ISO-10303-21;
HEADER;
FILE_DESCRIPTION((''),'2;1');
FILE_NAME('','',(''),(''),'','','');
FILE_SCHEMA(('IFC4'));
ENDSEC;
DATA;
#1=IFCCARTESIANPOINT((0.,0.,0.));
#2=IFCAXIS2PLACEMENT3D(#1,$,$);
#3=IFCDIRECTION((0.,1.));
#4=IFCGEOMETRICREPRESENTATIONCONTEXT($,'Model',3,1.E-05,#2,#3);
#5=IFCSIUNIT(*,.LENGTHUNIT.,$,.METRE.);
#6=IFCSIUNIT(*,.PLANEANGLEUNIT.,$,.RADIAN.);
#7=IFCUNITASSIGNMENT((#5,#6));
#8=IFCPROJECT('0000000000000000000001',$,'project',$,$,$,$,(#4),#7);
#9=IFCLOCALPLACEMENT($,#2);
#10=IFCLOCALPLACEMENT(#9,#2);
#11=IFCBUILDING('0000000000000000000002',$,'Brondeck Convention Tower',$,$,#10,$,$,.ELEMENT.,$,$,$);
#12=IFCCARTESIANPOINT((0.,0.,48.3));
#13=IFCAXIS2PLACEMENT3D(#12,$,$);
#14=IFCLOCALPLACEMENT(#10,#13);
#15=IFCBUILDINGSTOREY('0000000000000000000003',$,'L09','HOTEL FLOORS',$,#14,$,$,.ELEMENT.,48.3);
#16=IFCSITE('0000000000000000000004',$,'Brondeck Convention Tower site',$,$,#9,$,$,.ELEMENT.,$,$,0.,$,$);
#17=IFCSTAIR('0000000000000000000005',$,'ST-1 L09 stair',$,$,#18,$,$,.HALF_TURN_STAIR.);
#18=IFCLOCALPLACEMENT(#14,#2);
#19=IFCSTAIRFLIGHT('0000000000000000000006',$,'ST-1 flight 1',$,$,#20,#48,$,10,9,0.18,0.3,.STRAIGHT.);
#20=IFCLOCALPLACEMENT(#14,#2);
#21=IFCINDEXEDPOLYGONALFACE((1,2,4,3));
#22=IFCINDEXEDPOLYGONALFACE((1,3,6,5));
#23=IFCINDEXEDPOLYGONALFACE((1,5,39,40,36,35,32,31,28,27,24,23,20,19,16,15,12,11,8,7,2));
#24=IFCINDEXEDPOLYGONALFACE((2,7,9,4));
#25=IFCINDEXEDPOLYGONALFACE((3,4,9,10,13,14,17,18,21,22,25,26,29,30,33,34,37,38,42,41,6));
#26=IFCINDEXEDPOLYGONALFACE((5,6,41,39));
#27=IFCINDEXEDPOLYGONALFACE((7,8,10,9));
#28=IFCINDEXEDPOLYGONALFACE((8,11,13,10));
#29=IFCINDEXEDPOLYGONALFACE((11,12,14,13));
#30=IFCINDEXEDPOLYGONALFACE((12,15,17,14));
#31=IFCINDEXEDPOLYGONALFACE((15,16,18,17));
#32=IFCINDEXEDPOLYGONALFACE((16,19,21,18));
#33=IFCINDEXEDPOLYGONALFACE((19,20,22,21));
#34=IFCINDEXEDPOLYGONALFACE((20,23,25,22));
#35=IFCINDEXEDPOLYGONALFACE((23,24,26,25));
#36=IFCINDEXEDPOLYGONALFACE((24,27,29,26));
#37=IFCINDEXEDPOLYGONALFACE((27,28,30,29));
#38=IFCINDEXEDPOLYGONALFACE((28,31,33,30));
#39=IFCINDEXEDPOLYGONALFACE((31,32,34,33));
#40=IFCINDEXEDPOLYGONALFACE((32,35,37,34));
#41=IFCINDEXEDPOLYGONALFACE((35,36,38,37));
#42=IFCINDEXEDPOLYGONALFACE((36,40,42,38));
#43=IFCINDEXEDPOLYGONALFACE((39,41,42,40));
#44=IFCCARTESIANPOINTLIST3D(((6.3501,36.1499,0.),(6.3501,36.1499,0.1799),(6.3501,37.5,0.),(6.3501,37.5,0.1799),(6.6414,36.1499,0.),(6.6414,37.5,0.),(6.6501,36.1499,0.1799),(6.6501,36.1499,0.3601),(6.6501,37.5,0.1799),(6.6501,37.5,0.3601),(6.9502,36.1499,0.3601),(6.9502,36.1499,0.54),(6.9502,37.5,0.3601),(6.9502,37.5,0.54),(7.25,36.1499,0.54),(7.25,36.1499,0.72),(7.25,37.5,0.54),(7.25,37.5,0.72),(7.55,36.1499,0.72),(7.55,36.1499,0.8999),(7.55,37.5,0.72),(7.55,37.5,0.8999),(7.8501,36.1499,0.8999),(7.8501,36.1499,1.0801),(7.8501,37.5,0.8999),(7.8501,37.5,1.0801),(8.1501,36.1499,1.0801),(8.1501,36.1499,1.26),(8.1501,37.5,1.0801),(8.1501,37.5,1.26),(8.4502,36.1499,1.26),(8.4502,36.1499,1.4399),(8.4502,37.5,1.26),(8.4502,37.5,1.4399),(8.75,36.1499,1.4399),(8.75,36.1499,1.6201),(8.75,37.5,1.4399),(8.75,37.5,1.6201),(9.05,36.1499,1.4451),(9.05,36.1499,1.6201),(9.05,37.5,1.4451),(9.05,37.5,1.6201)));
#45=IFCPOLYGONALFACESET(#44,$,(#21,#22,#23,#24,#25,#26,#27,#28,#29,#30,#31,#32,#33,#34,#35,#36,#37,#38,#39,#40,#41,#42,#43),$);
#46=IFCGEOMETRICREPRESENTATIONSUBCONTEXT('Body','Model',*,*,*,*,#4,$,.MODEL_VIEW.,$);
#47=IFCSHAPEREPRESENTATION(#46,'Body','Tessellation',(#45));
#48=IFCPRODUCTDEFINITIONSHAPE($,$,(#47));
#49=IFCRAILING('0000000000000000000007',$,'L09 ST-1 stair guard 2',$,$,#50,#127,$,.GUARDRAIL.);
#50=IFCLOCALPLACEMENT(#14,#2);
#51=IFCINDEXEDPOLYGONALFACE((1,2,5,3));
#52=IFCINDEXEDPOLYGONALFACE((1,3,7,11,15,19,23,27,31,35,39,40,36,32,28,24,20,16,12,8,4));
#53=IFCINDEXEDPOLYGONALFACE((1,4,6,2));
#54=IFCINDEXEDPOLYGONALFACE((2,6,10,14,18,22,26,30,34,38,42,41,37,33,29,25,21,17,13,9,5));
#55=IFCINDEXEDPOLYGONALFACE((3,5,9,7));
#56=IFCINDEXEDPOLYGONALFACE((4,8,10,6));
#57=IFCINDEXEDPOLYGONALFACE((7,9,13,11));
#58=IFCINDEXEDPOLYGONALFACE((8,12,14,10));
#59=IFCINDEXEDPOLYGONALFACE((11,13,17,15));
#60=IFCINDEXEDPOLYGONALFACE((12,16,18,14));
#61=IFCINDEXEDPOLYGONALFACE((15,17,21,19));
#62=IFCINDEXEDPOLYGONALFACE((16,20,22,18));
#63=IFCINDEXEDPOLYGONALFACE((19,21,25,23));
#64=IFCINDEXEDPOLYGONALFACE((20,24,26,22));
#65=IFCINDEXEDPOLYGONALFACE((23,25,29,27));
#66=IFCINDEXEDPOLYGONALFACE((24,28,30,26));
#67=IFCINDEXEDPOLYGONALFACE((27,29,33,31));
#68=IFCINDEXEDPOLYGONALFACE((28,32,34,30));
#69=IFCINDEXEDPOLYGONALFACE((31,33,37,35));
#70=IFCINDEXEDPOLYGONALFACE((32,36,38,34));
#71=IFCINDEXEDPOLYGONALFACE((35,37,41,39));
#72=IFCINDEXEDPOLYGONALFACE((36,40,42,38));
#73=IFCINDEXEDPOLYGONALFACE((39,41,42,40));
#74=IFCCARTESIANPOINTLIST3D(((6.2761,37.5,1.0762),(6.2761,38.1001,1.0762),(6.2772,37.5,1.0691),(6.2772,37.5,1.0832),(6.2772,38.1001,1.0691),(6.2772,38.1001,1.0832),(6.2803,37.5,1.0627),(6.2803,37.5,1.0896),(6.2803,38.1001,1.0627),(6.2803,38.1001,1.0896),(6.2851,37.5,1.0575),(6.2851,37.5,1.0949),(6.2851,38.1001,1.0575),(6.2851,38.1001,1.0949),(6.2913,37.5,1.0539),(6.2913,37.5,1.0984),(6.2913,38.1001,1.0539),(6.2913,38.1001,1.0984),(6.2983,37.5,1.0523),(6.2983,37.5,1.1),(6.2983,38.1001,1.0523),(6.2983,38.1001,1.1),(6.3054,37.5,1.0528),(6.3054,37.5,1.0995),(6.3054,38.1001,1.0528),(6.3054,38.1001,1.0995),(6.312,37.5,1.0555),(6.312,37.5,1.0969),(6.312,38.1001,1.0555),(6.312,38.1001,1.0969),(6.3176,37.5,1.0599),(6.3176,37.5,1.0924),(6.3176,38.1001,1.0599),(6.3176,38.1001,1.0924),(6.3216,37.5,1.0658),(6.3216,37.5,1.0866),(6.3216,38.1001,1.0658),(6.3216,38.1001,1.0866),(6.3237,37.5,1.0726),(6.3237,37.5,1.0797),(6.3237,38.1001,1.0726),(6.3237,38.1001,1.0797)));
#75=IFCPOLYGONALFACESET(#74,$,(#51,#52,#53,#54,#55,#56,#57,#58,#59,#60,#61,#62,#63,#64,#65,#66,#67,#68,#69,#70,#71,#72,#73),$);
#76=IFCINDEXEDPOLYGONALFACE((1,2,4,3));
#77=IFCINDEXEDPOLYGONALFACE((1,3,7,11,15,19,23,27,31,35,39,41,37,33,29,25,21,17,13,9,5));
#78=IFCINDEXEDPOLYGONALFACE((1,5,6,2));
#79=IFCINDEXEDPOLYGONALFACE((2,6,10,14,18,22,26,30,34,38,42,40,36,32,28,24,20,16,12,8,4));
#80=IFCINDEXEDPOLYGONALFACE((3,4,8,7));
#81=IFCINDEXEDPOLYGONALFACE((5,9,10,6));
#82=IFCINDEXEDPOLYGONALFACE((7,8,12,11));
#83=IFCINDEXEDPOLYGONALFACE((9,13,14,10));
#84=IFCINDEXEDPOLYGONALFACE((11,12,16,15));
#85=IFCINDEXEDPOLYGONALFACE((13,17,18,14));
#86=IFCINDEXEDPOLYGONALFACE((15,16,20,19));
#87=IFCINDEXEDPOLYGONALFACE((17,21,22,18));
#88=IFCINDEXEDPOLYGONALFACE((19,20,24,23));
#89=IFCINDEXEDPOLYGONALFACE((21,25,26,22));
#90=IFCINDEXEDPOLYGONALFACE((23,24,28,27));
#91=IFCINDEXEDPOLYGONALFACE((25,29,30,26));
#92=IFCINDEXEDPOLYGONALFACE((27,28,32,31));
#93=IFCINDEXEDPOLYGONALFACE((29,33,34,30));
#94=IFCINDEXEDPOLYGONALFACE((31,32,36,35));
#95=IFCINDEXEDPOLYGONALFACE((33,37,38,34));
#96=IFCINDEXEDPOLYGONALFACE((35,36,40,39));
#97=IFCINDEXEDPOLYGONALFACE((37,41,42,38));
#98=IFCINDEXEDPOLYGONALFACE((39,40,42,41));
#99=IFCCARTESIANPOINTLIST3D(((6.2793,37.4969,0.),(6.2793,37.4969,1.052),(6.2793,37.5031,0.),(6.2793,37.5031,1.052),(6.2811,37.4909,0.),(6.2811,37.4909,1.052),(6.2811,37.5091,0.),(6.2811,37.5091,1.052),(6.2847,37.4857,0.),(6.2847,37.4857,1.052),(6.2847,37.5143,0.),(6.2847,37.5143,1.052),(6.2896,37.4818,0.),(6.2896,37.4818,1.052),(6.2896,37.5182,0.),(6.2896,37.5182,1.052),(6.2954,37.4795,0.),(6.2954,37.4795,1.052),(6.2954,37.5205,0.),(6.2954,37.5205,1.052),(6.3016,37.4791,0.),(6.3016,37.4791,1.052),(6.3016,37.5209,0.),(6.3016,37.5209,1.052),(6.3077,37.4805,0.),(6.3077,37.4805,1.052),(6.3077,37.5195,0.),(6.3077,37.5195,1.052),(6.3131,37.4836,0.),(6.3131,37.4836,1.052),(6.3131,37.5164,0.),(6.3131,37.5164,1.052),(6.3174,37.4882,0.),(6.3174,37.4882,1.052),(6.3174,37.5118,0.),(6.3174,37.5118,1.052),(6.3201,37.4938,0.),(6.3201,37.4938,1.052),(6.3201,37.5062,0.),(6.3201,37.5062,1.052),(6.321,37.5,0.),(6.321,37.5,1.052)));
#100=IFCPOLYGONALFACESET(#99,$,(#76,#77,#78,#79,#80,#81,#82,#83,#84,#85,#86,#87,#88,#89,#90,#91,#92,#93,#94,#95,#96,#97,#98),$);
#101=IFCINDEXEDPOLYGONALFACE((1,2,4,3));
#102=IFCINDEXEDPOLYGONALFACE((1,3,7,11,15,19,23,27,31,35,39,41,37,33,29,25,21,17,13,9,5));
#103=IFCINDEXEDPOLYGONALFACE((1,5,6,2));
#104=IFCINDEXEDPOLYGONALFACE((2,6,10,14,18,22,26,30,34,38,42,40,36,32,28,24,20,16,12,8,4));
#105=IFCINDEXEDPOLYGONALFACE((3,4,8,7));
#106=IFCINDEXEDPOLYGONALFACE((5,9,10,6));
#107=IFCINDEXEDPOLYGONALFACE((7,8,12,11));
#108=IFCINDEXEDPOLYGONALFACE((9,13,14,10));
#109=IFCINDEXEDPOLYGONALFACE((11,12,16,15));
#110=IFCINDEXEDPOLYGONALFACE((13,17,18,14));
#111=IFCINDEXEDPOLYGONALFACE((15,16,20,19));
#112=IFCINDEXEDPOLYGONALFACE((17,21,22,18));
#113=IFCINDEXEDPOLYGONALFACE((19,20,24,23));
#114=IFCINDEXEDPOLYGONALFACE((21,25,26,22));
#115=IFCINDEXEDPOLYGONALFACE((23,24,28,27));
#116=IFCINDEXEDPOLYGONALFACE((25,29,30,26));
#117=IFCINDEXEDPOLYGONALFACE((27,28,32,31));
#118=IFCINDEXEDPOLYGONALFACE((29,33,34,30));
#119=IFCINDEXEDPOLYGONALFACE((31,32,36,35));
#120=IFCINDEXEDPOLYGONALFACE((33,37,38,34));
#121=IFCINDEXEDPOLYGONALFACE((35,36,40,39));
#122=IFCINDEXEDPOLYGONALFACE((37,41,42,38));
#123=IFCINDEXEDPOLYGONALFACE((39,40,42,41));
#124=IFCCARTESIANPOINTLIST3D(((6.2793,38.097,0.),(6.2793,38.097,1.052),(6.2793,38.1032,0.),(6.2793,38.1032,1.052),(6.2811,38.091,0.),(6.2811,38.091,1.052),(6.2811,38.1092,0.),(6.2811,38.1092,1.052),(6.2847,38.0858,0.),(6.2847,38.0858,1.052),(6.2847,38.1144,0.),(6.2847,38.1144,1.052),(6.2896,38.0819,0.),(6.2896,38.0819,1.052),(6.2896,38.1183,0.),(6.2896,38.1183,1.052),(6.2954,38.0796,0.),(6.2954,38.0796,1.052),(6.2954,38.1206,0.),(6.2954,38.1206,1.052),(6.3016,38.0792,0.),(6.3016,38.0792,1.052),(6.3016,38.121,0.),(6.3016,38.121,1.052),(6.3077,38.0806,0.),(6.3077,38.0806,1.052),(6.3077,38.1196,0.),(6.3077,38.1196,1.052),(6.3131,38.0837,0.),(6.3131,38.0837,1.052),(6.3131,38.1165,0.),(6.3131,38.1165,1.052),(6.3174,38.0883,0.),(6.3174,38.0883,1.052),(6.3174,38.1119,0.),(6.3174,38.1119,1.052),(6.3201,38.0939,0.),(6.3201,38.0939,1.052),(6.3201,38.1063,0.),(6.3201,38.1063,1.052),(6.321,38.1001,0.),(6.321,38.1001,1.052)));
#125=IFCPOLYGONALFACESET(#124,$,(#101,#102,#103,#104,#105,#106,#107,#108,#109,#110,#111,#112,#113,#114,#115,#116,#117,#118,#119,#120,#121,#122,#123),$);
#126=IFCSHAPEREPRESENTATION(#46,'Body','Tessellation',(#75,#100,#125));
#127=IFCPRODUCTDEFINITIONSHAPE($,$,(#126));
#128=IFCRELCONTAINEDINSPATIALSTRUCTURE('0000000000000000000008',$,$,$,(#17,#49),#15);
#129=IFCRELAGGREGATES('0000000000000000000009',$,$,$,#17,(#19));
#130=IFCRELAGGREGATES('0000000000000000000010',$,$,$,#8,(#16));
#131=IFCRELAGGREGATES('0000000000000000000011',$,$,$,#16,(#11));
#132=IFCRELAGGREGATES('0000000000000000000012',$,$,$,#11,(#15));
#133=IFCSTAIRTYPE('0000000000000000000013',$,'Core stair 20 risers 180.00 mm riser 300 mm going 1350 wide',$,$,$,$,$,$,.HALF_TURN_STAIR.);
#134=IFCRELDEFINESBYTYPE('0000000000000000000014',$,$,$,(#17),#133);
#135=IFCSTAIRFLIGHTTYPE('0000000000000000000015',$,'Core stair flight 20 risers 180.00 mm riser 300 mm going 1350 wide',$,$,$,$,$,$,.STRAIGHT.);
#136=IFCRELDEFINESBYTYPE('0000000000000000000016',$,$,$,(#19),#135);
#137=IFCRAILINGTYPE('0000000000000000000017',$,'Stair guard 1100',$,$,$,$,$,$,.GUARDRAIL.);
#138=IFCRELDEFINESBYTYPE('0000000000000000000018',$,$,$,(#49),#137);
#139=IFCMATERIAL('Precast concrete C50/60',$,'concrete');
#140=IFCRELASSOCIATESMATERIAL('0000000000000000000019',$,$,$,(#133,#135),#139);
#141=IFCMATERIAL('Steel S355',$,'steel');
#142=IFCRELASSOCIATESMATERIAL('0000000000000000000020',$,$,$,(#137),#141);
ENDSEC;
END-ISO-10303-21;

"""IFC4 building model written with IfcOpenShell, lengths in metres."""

from ifc_helpers import new_model, si_unit, direction, frame, origin, origin_2d, place, context, subcontext, project, spatial, polyline, circle, outline, extrude, material, type_object, element, aggregate, save


model = new_model("IFC4")

# Units and contexts
model_context = context("Model", 3, precision=1e-05, world=origin(), true_north=direction((0.0, 1.0)))
body_context = subcontext(model_context, "Body", "Model", "MODEL_VIEW")
ifc_project = project(units=[si_unit("LENGTHUNIT", "METRE"), si_unit("PLANEANGLEUNIT", "RADIAN")], contexts=[model_context])

# Site, building, storey
site_placement = place(None, origin())
site = spatial("IfcSite", under=ifc_project, at=site_placement, Name="Brondeck Convention Tower site", CompositionType="ELEMENT", RefElevation=0.0)
building_placement = place(site_placement, origin())
building = spatial("IfcBuilding", under=site, at=building_placement, Name="Brondeck Convention Tower", CompositionType="ELEMENT")
storey_placement = place(building_placement, frame((0.0, 0.0, 48.3)))
storey = spatial("IfcBuildingStorey", under=building, at=storey_placement, Name="L09", Description="HOTEL FLOORS", CompositionType="ELEMENT", Elevation=48.3)

# Stair, stair flight
ifc_material_1 = material(Name="Precast concrete C50/60", Category="concrete")
stair_type = type_object("IfcStairType", Name="Core stair 20 risers 180.00 mm riser 300 mm going 1350 wide", PredefinedType="HALF_TURN_STAIR", material=ifc_material_1)
stair_placement = place(storey_placement, origin())
stair = element("IfcStair", 1, at=stair_placement, inside=storey, type_object=stair_type, Name="ST-1 L09 stair", PredefinedType="HALF_TURN_STAIR")
stair_flight_type = type_object("IfcStairFlightType", Name="Core stair flight 20 risers 180.00 mm riser 300 mm going 1350 wide", PredefinedType="STRAIGHT", material=ifc_material_1)
stair_flight_placement = place(storey_placement, frame((6.3501, 36.825, 0.0), z_axis=(0.0, 0.0, 1.0), x_axis=(1.0, 0.0, 0.0)))
stair_flight = element("IfcStairFlight", 2, at=stair_flight_placement, type_object=stair_flight_type, Name="ST-1 flight 1", NumberOfRisers=10, NumberOfTreads=9, PredefinedType="STRAIGHT", RiserHeight=0.18, TreadLength=0.3, context=body_context, shape_type="SweptSolid", body=[
    extrude(outline(polyline([(0.0, 0.0), (0.0, 0.1799), (0.3, 0.1799), (0.3, 0.3601), (0.6001, 0.3601), (0.6001, 0.54), (0.8999, 0.54), (0.8999, 0.72), (1.2, 0.72), (1.2, 0.8999), (1.5, 0.8999), (1.5, 1.0801), (1.8, 1.0801), (1.8, 1.26), (2.1001, 1.26), (2.1001, 1.4399), (2.3999, 1.4399), (2.3999, 1.6201), (2.7, 1.6201), (2.7, 1.8), (2.7, 1.4451), (0.2913, 0.0), (0.0, 0.0)])), frame((0.0, 0.675, 0.0), z_axis=(0.0, -1.0, 0.0), x_axis=(1.0, 0.0, 0.0)), (0.0, 0.0, 1.0), 1.3501),
])
aggregate(stair, [stair_flight])

# Railing
ifc_material_2 = material(Name="Steel S355", Category="steel")
railing_type_1 = type_object("IfcRailingType", Name="Stair guard 1100", PredefinedType="GUARDRAIL", material=ifc_material_2)
railing_1_placement = place(storey_placement, frame((6.3, 37.5, 0.0)))
element("IfcRailing", 3, at=railing_1_placement, inside=storey, type_object=railing_type_1, Name="L09 ST-1 stair guard 2", PredefinedType="GUARDRAIL", context=body_context, shape_type="SweptSolid", body=[
    extrude(circle(Radius=0.0239, at=origin_2d()), frame((0.0, 0.0, 1.0762), z_axis=(0.0, 1.0, 0.0), x_axis=(-1.0, 0.0, 0.0)), (0.0, 0.0, 1.0), 0.6001),
    extrude(circle(Radius=0.021, at=origin_2d()), origin(), (0.0, 0.0, 1.0), 1.052),
    extrude(circle(Radius=0.021, at=origin_2d()), frame((0.0, 0.6001, 0.0)), (0.0, 0.0, 1.0), 1.052),
])

save(model, "model.ifc")
